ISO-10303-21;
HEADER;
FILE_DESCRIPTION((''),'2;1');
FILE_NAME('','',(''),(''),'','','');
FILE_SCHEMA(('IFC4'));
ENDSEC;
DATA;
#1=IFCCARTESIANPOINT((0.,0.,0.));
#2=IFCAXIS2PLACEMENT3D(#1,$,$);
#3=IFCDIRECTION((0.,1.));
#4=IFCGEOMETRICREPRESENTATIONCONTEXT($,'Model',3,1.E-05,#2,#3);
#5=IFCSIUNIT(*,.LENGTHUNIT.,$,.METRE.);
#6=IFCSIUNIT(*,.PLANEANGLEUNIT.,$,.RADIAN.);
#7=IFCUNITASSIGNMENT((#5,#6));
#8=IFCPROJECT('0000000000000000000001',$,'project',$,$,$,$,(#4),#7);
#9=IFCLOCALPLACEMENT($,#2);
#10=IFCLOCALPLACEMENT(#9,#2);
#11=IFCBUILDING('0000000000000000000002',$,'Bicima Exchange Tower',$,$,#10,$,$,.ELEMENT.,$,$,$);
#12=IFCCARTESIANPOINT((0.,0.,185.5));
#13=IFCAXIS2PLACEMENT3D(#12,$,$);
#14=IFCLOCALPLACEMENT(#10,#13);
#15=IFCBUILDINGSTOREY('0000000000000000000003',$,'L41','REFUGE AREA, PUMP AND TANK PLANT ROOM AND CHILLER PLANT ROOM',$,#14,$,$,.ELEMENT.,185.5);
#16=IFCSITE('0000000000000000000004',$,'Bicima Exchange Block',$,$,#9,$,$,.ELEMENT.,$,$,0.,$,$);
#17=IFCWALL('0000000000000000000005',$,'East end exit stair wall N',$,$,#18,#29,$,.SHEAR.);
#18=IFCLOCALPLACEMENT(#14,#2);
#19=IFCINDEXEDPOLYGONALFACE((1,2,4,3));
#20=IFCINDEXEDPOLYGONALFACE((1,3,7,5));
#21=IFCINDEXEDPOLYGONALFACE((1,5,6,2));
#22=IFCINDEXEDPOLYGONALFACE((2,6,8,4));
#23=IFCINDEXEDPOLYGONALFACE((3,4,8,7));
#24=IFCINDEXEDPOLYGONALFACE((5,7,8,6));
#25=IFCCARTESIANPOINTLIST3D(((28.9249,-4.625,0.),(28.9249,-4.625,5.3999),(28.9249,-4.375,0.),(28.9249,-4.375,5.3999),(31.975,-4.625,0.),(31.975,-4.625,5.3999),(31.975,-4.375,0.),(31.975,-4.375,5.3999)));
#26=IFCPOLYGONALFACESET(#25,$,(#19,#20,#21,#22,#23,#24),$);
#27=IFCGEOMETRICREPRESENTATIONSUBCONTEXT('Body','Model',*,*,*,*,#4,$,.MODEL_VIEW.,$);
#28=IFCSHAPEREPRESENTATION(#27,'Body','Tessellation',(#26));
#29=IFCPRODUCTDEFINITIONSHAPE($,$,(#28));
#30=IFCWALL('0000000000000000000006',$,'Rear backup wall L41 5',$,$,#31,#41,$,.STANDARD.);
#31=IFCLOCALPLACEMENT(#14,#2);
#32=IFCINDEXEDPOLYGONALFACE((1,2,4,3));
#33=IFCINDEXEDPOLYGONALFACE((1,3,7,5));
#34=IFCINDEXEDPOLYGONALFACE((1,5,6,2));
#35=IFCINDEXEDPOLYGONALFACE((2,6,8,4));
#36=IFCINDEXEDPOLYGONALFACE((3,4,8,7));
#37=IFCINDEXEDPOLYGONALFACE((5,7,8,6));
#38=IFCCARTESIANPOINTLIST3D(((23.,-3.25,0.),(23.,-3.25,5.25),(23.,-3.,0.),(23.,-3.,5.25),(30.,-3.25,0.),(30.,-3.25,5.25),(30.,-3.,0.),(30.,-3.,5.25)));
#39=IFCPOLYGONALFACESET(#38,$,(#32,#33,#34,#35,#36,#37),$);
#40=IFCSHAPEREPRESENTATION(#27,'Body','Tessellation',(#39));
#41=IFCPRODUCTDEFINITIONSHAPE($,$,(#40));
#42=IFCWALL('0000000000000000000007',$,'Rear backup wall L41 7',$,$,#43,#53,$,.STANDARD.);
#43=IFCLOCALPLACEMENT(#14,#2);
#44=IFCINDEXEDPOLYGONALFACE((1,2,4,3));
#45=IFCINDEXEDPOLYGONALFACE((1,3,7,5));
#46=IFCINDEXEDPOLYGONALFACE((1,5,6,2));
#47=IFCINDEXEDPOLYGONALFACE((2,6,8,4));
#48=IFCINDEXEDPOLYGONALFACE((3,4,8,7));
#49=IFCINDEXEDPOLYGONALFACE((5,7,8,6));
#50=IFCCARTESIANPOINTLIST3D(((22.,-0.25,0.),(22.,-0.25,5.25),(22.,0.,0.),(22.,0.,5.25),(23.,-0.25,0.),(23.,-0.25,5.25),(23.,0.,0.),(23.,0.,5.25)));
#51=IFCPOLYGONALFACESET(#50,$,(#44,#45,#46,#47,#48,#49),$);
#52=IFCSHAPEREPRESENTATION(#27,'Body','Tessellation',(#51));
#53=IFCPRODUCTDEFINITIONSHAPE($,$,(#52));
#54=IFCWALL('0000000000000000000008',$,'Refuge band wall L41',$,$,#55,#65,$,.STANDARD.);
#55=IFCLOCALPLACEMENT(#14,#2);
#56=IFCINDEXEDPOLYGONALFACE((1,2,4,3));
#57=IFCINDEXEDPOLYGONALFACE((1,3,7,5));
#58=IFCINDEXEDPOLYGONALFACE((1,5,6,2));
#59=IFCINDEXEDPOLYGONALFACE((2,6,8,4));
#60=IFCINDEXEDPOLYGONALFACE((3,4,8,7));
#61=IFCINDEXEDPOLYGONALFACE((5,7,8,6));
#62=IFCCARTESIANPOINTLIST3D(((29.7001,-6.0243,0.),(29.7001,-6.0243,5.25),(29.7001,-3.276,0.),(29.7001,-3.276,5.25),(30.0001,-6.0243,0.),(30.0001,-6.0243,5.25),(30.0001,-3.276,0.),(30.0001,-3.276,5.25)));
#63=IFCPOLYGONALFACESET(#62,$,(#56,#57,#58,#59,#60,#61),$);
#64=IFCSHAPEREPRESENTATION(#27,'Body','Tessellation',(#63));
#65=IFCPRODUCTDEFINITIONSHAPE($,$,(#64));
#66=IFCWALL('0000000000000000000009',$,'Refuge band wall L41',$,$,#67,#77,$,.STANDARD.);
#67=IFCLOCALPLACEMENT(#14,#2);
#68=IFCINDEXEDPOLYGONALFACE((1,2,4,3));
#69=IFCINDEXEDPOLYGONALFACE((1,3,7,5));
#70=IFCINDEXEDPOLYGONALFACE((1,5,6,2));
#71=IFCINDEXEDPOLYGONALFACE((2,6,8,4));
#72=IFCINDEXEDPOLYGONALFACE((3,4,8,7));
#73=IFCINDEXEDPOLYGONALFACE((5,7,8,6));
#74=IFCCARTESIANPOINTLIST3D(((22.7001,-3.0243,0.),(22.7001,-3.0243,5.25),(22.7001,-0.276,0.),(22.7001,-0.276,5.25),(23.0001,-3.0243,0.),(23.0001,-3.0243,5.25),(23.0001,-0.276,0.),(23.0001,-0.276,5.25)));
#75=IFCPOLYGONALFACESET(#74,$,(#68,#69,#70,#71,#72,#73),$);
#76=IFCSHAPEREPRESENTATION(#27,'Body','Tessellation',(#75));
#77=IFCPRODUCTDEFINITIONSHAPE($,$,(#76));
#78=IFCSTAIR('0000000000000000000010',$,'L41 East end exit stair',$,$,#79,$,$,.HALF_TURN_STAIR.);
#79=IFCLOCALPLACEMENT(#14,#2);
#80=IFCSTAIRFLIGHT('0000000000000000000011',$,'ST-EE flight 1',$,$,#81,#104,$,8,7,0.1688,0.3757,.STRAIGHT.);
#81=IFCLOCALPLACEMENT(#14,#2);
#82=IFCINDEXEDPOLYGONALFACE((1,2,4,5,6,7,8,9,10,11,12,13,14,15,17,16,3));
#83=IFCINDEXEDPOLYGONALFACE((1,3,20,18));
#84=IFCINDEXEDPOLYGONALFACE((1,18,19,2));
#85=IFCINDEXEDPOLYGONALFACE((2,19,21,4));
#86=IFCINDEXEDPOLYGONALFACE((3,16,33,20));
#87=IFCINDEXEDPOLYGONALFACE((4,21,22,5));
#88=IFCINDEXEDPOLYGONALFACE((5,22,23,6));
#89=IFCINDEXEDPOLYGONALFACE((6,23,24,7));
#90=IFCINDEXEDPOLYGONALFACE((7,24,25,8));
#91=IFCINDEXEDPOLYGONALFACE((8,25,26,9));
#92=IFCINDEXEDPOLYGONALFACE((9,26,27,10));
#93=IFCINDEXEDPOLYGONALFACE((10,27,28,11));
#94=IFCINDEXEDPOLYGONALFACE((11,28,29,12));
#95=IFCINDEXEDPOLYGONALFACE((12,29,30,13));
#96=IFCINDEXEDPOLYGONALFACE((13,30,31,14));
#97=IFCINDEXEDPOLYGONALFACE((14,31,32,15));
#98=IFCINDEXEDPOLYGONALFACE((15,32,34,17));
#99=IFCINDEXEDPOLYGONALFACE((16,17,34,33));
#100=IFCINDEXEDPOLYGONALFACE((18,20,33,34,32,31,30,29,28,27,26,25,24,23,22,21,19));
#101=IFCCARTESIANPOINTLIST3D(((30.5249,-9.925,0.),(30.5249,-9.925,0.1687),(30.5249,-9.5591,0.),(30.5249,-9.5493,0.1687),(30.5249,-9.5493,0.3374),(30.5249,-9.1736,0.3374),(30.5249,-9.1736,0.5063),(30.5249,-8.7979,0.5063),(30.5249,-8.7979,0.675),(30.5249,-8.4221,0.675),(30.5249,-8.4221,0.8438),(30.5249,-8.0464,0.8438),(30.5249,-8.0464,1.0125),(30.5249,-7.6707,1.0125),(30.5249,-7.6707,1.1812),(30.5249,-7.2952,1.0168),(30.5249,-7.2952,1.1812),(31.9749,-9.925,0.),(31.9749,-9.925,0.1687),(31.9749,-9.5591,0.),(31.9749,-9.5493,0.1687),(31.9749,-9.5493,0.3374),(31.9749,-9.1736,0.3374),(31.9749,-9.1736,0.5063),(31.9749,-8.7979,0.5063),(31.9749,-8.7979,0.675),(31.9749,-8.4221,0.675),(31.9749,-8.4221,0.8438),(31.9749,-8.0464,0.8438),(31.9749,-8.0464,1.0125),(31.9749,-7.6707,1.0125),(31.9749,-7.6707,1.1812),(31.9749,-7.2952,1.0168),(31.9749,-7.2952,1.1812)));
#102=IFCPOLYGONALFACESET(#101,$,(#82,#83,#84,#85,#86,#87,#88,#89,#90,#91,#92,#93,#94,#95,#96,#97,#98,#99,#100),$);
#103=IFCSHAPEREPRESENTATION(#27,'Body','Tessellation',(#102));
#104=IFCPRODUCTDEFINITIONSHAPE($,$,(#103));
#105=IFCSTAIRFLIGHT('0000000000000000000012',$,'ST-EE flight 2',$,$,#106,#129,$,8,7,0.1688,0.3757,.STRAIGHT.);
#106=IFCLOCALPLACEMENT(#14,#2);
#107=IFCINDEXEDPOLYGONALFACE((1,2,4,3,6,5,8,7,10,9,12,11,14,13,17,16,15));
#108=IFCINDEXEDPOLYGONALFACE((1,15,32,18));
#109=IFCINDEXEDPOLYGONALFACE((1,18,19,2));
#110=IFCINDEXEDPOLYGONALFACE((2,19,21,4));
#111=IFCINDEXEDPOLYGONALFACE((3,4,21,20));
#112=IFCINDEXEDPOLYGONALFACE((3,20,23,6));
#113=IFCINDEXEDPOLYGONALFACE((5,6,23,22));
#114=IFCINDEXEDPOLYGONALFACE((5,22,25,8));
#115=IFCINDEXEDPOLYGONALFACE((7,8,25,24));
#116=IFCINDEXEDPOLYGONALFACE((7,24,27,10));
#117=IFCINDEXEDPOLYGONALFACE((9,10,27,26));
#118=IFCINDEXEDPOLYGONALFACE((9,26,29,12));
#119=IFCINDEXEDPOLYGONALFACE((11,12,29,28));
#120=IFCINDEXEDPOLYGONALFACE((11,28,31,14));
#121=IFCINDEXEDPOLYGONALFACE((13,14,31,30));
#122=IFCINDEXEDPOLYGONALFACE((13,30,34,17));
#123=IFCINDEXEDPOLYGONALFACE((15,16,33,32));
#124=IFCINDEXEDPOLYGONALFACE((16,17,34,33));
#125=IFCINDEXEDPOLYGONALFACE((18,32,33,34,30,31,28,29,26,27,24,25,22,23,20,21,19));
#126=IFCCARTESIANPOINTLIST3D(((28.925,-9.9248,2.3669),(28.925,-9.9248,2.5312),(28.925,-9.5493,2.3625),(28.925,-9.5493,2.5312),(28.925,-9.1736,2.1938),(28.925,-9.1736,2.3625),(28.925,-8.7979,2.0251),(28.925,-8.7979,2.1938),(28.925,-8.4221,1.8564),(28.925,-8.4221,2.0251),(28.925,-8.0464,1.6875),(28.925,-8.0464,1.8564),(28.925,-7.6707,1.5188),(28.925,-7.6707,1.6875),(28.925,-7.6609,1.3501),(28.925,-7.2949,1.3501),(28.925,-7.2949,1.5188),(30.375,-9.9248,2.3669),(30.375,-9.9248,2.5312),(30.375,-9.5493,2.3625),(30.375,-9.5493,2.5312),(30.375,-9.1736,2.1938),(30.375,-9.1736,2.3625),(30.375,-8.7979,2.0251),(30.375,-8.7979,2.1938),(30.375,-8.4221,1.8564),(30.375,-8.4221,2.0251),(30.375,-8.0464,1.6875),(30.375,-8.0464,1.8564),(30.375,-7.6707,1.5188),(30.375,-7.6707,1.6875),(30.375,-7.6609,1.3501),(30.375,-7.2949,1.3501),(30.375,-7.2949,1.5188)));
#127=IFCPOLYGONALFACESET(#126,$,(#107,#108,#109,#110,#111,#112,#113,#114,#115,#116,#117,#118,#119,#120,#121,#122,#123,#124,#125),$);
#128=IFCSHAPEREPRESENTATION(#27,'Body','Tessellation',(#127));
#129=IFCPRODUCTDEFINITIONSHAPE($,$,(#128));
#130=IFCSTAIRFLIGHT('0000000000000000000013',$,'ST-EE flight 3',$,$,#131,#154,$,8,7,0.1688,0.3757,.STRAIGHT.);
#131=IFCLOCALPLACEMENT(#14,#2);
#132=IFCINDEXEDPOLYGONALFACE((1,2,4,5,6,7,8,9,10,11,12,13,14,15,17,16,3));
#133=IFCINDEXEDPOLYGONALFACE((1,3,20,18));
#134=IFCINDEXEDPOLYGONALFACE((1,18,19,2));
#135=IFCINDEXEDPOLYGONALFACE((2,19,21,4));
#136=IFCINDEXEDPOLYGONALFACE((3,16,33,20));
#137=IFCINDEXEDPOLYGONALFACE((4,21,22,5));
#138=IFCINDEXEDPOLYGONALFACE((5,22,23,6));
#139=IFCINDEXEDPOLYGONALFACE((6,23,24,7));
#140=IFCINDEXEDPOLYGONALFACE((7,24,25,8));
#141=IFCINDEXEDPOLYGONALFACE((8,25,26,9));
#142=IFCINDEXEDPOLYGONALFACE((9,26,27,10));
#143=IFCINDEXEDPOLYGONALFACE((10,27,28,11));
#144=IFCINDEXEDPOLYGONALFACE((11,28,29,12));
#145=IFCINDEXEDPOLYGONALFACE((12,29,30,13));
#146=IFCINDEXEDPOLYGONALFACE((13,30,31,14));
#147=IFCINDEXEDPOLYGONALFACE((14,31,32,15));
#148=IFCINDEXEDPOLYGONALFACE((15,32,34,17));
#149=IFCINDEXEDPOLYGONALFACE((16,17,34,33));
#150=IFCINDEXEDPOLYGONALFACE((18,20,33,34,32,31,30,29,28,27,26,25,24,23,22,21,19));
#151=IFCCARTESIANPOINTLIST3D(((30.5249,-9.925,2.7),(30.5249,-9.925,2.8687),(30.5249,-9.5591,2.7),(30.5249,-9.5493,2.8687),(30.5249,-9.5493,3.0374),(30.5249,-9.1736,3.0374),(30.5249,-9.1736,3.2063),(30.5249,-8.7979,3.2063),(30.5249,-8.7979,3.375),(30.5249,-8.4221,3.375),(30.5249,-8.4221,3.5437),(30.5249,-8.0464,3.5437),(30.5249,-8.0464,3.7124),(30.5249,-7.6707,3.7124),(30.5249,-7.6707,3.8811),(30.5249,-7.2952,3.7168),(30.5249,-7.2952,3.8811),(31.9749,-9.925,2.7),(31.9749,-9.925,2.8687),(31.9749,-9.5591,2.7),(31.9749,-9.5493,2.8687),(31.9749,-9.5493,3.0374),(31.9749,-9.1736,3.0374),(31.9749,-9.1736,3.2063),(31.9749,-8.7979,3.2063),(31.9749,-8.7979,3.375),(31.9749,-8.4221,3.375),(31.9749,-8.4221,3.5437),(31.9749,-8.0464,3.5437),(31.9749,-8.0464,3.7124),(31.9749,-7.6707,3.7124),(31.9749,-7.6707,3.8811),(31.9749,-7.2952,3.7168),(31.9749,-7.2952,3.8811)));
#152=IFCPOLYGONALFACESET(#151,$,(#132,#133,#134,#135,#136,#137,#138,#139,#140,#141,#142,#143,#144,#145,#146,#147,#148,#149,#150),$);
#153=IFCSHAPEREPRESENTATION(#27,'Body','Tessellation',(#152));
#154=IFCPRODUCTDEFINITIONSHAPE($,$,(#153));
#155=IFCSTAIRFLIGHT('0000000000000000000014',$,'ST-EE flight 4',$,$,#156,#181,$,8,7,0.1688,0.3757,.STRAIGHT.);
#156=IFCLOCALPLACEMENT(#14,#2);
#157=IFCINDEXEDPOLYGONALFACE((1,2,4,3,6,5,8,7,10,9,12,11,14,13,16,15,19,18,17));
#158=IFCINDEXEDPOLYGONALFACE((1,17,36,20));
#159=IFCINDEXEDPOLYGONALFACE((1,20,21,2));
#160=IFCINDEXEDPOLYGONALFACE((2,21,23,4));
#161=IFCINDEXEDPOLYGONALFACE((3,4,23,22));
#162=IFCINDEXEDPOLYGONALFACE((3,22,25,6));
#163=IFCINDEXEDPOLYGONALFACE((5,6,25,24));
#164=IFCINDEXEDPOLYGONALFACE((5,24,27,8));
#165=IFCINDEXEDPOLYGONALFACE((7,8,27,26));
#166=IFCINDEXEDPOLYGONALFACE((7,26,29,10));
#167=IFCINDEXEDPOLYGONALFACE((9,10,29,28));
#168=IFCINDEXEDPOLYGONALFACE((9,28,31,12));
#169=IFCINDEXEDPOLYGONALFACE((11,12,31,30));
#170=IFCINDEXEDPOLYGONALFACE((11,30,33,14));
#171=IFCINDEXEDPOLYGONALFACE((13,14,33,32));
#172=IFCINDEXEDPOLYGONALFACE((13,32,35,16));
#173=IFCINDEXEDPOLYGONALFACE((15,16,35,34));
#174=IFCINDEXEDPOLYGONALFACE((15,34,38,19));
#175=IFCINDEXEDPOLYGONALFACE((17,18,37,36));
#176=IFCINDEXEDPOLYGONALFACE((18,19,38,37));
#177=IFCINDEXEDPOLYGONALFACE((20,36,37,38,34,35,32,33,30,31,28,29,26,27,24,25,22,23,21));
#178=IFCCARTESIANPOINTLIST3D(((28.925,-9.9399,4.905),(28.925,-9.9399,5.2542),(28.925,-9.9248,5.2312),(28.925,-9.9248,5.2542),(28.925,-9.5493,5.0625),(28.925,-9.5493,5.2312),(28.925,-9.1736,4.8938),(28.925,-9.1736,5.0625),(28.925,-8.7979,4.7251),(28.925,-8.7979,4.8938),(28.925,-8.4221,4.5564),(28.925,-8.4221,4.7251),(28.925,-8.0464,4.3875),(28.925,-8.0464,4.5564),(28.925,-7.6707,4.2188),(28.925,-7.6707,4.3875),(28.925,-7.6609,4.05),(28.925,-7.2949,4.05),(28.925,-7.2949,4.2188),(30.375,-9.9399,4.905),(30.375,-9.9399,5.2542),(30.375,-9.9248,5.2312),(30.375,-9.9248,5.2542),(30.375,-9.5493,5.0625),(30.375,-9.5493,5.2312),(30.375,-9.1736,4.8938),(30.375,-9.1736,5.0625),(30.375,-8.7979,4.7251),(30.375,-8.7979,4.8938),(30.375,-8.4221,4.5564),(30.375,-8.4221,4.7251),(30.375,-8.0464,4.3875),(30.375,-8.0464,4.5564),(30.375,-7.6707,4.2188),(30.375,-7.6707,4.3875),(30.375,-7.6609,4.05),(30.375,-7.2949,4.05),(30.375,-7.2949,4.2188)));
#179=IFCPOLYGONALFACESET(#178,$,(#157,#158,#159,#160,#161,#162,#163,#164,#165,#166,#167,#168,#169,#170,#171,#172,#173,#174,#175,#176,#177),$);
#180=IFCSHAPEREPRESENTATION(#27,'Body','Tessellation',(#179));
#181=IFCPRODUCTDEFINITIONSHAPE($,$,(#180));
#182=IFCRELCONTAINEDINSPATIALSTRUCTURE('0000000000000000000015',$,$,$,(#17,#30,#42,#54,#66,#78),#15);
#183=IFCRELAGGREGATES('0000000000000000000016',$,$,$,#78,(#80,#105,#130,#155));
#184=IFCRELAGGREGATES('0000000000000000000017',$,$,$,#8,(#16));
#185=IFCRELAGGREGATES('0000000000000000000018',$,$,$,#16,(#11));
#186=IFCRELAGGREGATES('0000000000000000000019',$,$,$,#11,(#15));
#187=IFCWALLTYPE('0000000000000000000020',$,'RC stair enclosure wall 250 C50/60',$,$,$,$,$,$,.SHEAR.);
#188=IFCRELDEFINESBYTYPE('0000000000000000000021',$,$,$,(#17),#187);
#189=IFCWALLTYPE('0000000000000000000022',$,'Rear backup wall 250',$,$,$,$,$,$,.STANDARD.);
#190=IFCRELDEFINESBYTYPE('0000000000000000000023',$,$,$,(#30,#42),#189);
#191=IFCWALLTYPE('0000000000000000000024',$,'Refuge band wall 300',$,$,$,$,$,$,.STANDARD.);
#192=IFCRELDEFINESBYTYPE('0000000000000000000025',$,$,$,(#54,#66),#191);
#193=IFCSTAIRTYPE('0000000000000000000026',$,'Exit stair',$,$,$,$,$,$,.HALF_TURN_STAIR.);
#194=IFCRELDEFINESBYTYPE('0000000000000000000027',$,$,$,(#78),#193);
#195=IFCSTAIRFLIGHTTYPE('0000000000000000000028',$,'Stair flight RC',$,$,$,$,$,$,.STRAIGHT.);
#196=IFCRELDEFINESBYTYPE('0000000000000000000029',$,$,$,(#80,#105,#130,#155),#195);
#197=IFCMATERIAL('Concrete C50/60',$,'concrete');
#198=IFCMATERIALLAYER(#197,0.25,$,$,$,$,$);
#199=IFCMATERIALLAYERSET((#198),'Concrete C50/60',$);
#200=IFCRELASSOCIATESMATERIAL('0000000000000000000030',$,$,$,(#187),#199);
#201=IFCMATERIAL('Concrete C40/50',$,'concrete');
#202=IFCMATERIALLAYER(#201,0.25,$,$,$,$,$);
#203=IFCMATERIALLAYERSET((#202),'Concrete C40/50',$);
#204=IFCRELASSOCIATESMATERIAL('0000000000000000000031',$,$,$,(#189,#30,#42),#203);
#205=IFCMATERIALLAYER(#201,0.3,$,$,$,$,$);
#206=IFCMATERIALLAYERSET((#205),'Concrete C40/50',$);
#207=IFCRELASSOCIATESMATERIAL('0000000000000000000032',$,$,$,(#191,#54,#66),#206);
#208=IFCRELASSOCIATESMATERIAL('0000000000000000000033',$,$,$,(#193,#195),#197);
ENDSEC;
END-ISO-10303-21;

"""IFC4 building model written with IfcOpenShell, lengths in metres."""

from ifc_helpers import new_model, si_unit, direction, frame, frame_2d, origin, place, context, subcontext, project, spatial, polyline, rectangle, outline, extrude, material, layer, layer_set, layer_usage, type_object, element, aggregate, save


model = new_model("IFC4")

# Units and contexts
model_context = context("Model", 3, precision=1e-05, world=origin(), true_north=direction((0.0, 1.0)))
body_context = subcontext(model_context, "Body", "Model", "MODEL_VIEW")
ifc_project = project(units=[si_unit("LENGTHUNIT", "METRE"), si_unit("PLANEANGLEUNIT", "RADIAN")], contexts=[model_context])

# Site, building, storey
site_placement = place(None, origin())
site = spatial("IfcSite", under=ifc_project, at=site_placement, Name="Bicima Exchange Block", CompositionType="ELEMENT", RefElevation=0.0)
building_placement = place(site_placement, origin())
building = spatial("IfcBuilding", under=site, at=building_placement, Name="Bicima Exchange Tower", CompositionType="ELEMENT")
storey_placement = place(building_placement, frame((0.0, 0.0, 185.5)))
storey = spatial("IfcBuildingStorey", under=building, at=storey_placement, Name="L41", Description="REFUGE AREA, PUMP AND TANK PLANT ROOM AND CHILLER PLANT ROOM", CompositionType="ELEMENT", Elevation=185.5)

# Shared definitions
ifc_material_1 = material(Name="Concrete C50/60", Category="concrete")
ifc_layer_1 = layer(ifc_material_1, 0.25)
ifc_layer_set_1 = layer_set([ifc_layer_1], Name="Concrete C50/60")
wall_type_1 = type_object("IfcWallType", Name="RC stair enclosure wall 250 C50/60", PredefinedType="SHEAR", material=ifc_layer_set_1)

# Walls
wall_1_placement = place(storey_placement, frame((28.925, -4.5, 0.0), z_axis=(0.0, 0.0, 1.0), x_axis=(1.0, 0.0, 0.0)))
element("IfcWall", 1, at=wall_1_placement, inside=storey, type_object=wall_type_1, Name="East end exit stair wall N", PredefinedType="SHEAR", context=body_context, shape_type="SweptSolid", body=[
    extrude(rectangle(XDim=3.05, YDim=0.25, at=frame_2d((1.5249, 0.0))), origin(), (0.0, 0.0, 1.0), 5.3999),
])
ifc_material_2 = material(Name="Concrete C40/50", Category="concrete")
ifc_layer_2 = layer(ifc_material_2, 0.25)
ifc_layer_set_2 = layer_set([ifc_layer_2], Name="Concrete C40/50")
ifc_layer_usage_1 = layer_usage(ifc_layer_set_2, "AXIS2", "POSITIVE", -0.125)
wall_type_2 = type_object("IfcWallType", Name="Rear backup wall 250", PredefinedType="STANDARD", material=ifc_layer_set_2)
wall_2_placement = place(storey_placement, frame((30.0, -3.125, 0.0), z_axis=(0.0, 0.0, 1.0), x_axis=(-1.0, 0.0, 0.0)))
element("IfcWall", 2, at=wall_2_placement, inside=storey, type_object=wall_type_2, material=ifc_layer_usage_1, Name="Rear backup wall L41 5", PredefinedType="STANDARD", context=body_context, shape_type="SweptSolid", body=[
    extrude(rectangle(XDim=7.0, YDim=0.25, at=frame_2d((3.5, 0.0))), origin(), (0.0, 0.0, 1.0), 5.25),
])
wall_3_placement = place(storey_placement, frame((23.0, -0.125, 0.0), z_axis=(0.0, 0.0, 1.0), x_axis=(-1.0, 0.0, 0.0)))
element("IfcWall", 3, at=wall_3_placement, inside=storey, type_object=wall_type_2, material=ifc_layer_usage_1, Name="Rear backup wall L41 7", PredefinedType="STANDARD", context=body_context, shape_type="SweptSolid", body=[
    extrude(rectangle(XDim=1.0, YDim=0.25, at=frame_2d((0.5, 0.0))), origin(), (0.0, 0.0, 1.0), 5.25),
])
ifc_layer_3 = layer(ifc_material_2, 0.3)
ifc_layer_set_3 = layer_set([ifc_layer_3], Name="Concrete C40/50")
ifc_layer_usage_2 = layer_usage(ifc_layer_set_3, "AXIS2", "POSITIVE", -0.15)
wall_type_3 = type_object("IfcWallType", Name="Refuge band wall 300", PredefinedType="STANDARD", material=ifc_layer_set_3)
for number, where, z_axis, x_axis, name in (
    (4, (29.8501, -6.0242, 0.0), (0.0, 0.0, 1.0), (0.0, 1.0, 0.0), "Refuge band wall L41"),
    (5, (22.8501, -3.0242, 0.0), (0.0, 0.0, 1.0), (0.0, 1.0, 0.0), "Refuge band wall L41"),
):
    element("IfcWall", number, at=place(storey_placement, frame(where, z_axis=z_axis, x_axis=x_axis)), inside=storey, type_object=wall_type_3, material=ifc_layer_usage_2, Name=name, PredefinedType="STANDARD", context=body_context, shape_type="SweptSolid", body=[
        extrude(rectangle(XDim=2.7483, YDim=0.3, at=frame_2d((1.374, 0.0))), origin(), (0.0, 0.0, 1.0), 5.25),
    ])

# Stair, stair flights
stair_type = type_object("IfcStairType", Name="Exit stair", PredefinedType="HALF_TURN_STAIR", material=ifc_material_1)
stair_placement = place(storey_placement, origin())
stair = element("IfcStair", 6, at=stair_placement, inside=storey, type_object=stair_type, Name="L41 East end exit stair", PredefinedType="HALF_TURN_STAIR")
stair_flight_type = type_object("IfcStairFlightType", Name="Stair flight RC", PredefinedType="STRAIGHT", material=ifc_material_1)
stair_flight_1_placement = place(storey_placement, frame((31.25, -9.925, 0.0), z_axis=(0.0, 0.0, 1.0), x_axis=(0.0, 1.0, 0.0)))
stair_flight_1 = element("IfcStairFlight", 7, at=stair_flight_1_placement, type_object=stair_flight_type, Name="ST-EE flight 1", NumberOfRisers=8, NumberOfTreads=7, PredefinedType="STRAIGHT", RiserHeight=0.1688, TreadLength=0.3757, context=body_context, shape_type="SweptSolid", body=[
    extrude(outline(polyline([(0.0, 0.0), (0.0, 0.1687), (0.3757, 0.1687), (0.3757, 0.3374), (0.7515, 0.3374), (0.7515, 0.5063), (1.1272, 0.5063), (1.1272, 0.675), (1.5029, 0.675), (1.5029, 0.8438), (1.8787, 0.8438), (1.8787, 1.0125), (2.2544, 1.0125), (2.2544, 1.1812), (2.6299, 1.1812), (2.6299, 1.3501), (2.6299, 1.0168), (0.366, 0.0), (0.0, 0.0)])), frame((0.0, 0.7251, 0.0), z_axis=(0.0, -1.0, 0.0), x_axis=(1.0, 0.0, 0.0)), (0.0, 0.0, 1.0), 1.45),
])
stair_flight_2_placement = place(storey_placement, frame((29.6499, -7.2949, 1.3501), z_axis=(0.0, 0.0, 1.0), x_axis=(0.0, -1.0, 0.0)))
stair_flight_2 = element("IfcStairFlight", 8, at=stair_flight_2_placement, type_object=stair_flight_type, Name="ST-EE flight 2", NumberOfRisers=8, NumberOfTreads=7, PredefinedType="STRAIGHT", RiserHeight=0.1688, TreadLength=0.3757, context=body_context, shape_type="SweptSolid", body=[
    extrude(outline(polyline([(0.0, 0.0), (0.0, 0.1687), (0.3757, 0.1687), (0.3757, 0.3374), (0.7515, 0.3374), (0.7515, 0.5063), (1.1272, 0.5063), (1.1272, 0.675), (1.5029, 0.675), (1.5029, 0.8438), (1.8787, 0.8438), (1.8787, 1.0125), (2.2544, 1.0125), (2.2544, 1.1812), (2.6299, 1.1812), (2.6299, 1.3501), (2.6299, 1.0168), (0.366, 0.0), (0.0, 0.0)])), frame((0.0, 0.7251, 0.0), z_axis=(0.0, -1.0, 0.0), x_axis=(1.0, 0.0, 0.0)), (0.0, 0.0, 1.0), 1.45),
])
stair_flight_3_placement = place(storey_placement, frame((31.25, -9.925, 2.7), z_axis=(0.0, 0.0, 1.0), x_axis=(0.0, 1.0, 0.0)))
stair_flight_3 = element("IfcStairFlight", 9, at=stair_flight_3_placement, type_object=stair_flight_type, Name="ST-EE flight 3", NumberOfRisers=8, NumberOfTreads=7, PredefinedType="STRAIGHT", RiserHeight=0.1688, TreadLength=0.3757, context=body_context, shape_type="SweptSolid", body=[
    extrude(outline(polyline([(0.0, 0.0), (0.0, 0.1687), (0.3757, 0.1687), (0.3757, 0.3374), (0.7515, 0.3374), (0.7515, 0.5063), (1.1272, 0.5063), (1.1272, 0.675), (1.5029, 0.675), (1.5029, 0.8438), (1.8787, 0.8438), (1.8787, 1.0125), (2.2544, 1.0125), (2.2544, 1.1812), (2.6299, 1.1812), (2.6299, 1.3501), (2.6299, 1.0168), (0.366, 0.0), (0.0, 0.0)])), frame((0.0, 0.7251, 0.0), z_axis=(0.0, -1.0, 0.0), x_axis=(1.0, 0.0, 0.0)), (0.0, 0.0, 1.0), 1.45),
])
stair_flight_4_placement = place(storey_placement, frame((29.6499, -7.2949, 4.05), z_axis=(0.0, 0.0, 1.0), x_axis=(0.0, -1.0, 0.0)))
stair_flight_4 = element("IfcStairFlight", 10, at=stair_flight_4_placement, type_object=stair_flight_type, Name="ST-EE flight 4", NumberOfRisers=8, NumberOfTreads=7, PredefinedType="STRAIGHT", RiserHeight=0.1688, TreadLength=0.3757, context=body_context, shape_type="SweptSolid", body=[
    extrude(outline(polyline([(0.0, 0.0), (0.0, 0.1687), (0.3757, 0.1687), (0.3757, 0.3374), (0.7515, 0.3374), (0.7515, 0.5063), (1.1272, 0.5063), (1.1272, 0.675), (1.5029, 0.675), (1.5029, 0.8438), (1.8787, 0.8438), (1.8787, 1.0125), (2.2544, 1.0125), (2.2544, 1.1812), (2.6299, 1.1812), (2.6299, 1.2041), (2.645, 1.2041), (2.645, 0.855), (0.366, 0.0), (0.0, 0.0)])), frame((0.0, 0.7251, 0.0), z_axis=(0.0, -1.0, 0.0), x_axis=(1.0, 0.0, 0.0)), (0.0, 0.0, 1.0), 1.45),
])
aggregate(stair, [stair_flight_1, stair_flight_2, stair_flight_3, stair_flight_4])

save(model, "model.ifc")
